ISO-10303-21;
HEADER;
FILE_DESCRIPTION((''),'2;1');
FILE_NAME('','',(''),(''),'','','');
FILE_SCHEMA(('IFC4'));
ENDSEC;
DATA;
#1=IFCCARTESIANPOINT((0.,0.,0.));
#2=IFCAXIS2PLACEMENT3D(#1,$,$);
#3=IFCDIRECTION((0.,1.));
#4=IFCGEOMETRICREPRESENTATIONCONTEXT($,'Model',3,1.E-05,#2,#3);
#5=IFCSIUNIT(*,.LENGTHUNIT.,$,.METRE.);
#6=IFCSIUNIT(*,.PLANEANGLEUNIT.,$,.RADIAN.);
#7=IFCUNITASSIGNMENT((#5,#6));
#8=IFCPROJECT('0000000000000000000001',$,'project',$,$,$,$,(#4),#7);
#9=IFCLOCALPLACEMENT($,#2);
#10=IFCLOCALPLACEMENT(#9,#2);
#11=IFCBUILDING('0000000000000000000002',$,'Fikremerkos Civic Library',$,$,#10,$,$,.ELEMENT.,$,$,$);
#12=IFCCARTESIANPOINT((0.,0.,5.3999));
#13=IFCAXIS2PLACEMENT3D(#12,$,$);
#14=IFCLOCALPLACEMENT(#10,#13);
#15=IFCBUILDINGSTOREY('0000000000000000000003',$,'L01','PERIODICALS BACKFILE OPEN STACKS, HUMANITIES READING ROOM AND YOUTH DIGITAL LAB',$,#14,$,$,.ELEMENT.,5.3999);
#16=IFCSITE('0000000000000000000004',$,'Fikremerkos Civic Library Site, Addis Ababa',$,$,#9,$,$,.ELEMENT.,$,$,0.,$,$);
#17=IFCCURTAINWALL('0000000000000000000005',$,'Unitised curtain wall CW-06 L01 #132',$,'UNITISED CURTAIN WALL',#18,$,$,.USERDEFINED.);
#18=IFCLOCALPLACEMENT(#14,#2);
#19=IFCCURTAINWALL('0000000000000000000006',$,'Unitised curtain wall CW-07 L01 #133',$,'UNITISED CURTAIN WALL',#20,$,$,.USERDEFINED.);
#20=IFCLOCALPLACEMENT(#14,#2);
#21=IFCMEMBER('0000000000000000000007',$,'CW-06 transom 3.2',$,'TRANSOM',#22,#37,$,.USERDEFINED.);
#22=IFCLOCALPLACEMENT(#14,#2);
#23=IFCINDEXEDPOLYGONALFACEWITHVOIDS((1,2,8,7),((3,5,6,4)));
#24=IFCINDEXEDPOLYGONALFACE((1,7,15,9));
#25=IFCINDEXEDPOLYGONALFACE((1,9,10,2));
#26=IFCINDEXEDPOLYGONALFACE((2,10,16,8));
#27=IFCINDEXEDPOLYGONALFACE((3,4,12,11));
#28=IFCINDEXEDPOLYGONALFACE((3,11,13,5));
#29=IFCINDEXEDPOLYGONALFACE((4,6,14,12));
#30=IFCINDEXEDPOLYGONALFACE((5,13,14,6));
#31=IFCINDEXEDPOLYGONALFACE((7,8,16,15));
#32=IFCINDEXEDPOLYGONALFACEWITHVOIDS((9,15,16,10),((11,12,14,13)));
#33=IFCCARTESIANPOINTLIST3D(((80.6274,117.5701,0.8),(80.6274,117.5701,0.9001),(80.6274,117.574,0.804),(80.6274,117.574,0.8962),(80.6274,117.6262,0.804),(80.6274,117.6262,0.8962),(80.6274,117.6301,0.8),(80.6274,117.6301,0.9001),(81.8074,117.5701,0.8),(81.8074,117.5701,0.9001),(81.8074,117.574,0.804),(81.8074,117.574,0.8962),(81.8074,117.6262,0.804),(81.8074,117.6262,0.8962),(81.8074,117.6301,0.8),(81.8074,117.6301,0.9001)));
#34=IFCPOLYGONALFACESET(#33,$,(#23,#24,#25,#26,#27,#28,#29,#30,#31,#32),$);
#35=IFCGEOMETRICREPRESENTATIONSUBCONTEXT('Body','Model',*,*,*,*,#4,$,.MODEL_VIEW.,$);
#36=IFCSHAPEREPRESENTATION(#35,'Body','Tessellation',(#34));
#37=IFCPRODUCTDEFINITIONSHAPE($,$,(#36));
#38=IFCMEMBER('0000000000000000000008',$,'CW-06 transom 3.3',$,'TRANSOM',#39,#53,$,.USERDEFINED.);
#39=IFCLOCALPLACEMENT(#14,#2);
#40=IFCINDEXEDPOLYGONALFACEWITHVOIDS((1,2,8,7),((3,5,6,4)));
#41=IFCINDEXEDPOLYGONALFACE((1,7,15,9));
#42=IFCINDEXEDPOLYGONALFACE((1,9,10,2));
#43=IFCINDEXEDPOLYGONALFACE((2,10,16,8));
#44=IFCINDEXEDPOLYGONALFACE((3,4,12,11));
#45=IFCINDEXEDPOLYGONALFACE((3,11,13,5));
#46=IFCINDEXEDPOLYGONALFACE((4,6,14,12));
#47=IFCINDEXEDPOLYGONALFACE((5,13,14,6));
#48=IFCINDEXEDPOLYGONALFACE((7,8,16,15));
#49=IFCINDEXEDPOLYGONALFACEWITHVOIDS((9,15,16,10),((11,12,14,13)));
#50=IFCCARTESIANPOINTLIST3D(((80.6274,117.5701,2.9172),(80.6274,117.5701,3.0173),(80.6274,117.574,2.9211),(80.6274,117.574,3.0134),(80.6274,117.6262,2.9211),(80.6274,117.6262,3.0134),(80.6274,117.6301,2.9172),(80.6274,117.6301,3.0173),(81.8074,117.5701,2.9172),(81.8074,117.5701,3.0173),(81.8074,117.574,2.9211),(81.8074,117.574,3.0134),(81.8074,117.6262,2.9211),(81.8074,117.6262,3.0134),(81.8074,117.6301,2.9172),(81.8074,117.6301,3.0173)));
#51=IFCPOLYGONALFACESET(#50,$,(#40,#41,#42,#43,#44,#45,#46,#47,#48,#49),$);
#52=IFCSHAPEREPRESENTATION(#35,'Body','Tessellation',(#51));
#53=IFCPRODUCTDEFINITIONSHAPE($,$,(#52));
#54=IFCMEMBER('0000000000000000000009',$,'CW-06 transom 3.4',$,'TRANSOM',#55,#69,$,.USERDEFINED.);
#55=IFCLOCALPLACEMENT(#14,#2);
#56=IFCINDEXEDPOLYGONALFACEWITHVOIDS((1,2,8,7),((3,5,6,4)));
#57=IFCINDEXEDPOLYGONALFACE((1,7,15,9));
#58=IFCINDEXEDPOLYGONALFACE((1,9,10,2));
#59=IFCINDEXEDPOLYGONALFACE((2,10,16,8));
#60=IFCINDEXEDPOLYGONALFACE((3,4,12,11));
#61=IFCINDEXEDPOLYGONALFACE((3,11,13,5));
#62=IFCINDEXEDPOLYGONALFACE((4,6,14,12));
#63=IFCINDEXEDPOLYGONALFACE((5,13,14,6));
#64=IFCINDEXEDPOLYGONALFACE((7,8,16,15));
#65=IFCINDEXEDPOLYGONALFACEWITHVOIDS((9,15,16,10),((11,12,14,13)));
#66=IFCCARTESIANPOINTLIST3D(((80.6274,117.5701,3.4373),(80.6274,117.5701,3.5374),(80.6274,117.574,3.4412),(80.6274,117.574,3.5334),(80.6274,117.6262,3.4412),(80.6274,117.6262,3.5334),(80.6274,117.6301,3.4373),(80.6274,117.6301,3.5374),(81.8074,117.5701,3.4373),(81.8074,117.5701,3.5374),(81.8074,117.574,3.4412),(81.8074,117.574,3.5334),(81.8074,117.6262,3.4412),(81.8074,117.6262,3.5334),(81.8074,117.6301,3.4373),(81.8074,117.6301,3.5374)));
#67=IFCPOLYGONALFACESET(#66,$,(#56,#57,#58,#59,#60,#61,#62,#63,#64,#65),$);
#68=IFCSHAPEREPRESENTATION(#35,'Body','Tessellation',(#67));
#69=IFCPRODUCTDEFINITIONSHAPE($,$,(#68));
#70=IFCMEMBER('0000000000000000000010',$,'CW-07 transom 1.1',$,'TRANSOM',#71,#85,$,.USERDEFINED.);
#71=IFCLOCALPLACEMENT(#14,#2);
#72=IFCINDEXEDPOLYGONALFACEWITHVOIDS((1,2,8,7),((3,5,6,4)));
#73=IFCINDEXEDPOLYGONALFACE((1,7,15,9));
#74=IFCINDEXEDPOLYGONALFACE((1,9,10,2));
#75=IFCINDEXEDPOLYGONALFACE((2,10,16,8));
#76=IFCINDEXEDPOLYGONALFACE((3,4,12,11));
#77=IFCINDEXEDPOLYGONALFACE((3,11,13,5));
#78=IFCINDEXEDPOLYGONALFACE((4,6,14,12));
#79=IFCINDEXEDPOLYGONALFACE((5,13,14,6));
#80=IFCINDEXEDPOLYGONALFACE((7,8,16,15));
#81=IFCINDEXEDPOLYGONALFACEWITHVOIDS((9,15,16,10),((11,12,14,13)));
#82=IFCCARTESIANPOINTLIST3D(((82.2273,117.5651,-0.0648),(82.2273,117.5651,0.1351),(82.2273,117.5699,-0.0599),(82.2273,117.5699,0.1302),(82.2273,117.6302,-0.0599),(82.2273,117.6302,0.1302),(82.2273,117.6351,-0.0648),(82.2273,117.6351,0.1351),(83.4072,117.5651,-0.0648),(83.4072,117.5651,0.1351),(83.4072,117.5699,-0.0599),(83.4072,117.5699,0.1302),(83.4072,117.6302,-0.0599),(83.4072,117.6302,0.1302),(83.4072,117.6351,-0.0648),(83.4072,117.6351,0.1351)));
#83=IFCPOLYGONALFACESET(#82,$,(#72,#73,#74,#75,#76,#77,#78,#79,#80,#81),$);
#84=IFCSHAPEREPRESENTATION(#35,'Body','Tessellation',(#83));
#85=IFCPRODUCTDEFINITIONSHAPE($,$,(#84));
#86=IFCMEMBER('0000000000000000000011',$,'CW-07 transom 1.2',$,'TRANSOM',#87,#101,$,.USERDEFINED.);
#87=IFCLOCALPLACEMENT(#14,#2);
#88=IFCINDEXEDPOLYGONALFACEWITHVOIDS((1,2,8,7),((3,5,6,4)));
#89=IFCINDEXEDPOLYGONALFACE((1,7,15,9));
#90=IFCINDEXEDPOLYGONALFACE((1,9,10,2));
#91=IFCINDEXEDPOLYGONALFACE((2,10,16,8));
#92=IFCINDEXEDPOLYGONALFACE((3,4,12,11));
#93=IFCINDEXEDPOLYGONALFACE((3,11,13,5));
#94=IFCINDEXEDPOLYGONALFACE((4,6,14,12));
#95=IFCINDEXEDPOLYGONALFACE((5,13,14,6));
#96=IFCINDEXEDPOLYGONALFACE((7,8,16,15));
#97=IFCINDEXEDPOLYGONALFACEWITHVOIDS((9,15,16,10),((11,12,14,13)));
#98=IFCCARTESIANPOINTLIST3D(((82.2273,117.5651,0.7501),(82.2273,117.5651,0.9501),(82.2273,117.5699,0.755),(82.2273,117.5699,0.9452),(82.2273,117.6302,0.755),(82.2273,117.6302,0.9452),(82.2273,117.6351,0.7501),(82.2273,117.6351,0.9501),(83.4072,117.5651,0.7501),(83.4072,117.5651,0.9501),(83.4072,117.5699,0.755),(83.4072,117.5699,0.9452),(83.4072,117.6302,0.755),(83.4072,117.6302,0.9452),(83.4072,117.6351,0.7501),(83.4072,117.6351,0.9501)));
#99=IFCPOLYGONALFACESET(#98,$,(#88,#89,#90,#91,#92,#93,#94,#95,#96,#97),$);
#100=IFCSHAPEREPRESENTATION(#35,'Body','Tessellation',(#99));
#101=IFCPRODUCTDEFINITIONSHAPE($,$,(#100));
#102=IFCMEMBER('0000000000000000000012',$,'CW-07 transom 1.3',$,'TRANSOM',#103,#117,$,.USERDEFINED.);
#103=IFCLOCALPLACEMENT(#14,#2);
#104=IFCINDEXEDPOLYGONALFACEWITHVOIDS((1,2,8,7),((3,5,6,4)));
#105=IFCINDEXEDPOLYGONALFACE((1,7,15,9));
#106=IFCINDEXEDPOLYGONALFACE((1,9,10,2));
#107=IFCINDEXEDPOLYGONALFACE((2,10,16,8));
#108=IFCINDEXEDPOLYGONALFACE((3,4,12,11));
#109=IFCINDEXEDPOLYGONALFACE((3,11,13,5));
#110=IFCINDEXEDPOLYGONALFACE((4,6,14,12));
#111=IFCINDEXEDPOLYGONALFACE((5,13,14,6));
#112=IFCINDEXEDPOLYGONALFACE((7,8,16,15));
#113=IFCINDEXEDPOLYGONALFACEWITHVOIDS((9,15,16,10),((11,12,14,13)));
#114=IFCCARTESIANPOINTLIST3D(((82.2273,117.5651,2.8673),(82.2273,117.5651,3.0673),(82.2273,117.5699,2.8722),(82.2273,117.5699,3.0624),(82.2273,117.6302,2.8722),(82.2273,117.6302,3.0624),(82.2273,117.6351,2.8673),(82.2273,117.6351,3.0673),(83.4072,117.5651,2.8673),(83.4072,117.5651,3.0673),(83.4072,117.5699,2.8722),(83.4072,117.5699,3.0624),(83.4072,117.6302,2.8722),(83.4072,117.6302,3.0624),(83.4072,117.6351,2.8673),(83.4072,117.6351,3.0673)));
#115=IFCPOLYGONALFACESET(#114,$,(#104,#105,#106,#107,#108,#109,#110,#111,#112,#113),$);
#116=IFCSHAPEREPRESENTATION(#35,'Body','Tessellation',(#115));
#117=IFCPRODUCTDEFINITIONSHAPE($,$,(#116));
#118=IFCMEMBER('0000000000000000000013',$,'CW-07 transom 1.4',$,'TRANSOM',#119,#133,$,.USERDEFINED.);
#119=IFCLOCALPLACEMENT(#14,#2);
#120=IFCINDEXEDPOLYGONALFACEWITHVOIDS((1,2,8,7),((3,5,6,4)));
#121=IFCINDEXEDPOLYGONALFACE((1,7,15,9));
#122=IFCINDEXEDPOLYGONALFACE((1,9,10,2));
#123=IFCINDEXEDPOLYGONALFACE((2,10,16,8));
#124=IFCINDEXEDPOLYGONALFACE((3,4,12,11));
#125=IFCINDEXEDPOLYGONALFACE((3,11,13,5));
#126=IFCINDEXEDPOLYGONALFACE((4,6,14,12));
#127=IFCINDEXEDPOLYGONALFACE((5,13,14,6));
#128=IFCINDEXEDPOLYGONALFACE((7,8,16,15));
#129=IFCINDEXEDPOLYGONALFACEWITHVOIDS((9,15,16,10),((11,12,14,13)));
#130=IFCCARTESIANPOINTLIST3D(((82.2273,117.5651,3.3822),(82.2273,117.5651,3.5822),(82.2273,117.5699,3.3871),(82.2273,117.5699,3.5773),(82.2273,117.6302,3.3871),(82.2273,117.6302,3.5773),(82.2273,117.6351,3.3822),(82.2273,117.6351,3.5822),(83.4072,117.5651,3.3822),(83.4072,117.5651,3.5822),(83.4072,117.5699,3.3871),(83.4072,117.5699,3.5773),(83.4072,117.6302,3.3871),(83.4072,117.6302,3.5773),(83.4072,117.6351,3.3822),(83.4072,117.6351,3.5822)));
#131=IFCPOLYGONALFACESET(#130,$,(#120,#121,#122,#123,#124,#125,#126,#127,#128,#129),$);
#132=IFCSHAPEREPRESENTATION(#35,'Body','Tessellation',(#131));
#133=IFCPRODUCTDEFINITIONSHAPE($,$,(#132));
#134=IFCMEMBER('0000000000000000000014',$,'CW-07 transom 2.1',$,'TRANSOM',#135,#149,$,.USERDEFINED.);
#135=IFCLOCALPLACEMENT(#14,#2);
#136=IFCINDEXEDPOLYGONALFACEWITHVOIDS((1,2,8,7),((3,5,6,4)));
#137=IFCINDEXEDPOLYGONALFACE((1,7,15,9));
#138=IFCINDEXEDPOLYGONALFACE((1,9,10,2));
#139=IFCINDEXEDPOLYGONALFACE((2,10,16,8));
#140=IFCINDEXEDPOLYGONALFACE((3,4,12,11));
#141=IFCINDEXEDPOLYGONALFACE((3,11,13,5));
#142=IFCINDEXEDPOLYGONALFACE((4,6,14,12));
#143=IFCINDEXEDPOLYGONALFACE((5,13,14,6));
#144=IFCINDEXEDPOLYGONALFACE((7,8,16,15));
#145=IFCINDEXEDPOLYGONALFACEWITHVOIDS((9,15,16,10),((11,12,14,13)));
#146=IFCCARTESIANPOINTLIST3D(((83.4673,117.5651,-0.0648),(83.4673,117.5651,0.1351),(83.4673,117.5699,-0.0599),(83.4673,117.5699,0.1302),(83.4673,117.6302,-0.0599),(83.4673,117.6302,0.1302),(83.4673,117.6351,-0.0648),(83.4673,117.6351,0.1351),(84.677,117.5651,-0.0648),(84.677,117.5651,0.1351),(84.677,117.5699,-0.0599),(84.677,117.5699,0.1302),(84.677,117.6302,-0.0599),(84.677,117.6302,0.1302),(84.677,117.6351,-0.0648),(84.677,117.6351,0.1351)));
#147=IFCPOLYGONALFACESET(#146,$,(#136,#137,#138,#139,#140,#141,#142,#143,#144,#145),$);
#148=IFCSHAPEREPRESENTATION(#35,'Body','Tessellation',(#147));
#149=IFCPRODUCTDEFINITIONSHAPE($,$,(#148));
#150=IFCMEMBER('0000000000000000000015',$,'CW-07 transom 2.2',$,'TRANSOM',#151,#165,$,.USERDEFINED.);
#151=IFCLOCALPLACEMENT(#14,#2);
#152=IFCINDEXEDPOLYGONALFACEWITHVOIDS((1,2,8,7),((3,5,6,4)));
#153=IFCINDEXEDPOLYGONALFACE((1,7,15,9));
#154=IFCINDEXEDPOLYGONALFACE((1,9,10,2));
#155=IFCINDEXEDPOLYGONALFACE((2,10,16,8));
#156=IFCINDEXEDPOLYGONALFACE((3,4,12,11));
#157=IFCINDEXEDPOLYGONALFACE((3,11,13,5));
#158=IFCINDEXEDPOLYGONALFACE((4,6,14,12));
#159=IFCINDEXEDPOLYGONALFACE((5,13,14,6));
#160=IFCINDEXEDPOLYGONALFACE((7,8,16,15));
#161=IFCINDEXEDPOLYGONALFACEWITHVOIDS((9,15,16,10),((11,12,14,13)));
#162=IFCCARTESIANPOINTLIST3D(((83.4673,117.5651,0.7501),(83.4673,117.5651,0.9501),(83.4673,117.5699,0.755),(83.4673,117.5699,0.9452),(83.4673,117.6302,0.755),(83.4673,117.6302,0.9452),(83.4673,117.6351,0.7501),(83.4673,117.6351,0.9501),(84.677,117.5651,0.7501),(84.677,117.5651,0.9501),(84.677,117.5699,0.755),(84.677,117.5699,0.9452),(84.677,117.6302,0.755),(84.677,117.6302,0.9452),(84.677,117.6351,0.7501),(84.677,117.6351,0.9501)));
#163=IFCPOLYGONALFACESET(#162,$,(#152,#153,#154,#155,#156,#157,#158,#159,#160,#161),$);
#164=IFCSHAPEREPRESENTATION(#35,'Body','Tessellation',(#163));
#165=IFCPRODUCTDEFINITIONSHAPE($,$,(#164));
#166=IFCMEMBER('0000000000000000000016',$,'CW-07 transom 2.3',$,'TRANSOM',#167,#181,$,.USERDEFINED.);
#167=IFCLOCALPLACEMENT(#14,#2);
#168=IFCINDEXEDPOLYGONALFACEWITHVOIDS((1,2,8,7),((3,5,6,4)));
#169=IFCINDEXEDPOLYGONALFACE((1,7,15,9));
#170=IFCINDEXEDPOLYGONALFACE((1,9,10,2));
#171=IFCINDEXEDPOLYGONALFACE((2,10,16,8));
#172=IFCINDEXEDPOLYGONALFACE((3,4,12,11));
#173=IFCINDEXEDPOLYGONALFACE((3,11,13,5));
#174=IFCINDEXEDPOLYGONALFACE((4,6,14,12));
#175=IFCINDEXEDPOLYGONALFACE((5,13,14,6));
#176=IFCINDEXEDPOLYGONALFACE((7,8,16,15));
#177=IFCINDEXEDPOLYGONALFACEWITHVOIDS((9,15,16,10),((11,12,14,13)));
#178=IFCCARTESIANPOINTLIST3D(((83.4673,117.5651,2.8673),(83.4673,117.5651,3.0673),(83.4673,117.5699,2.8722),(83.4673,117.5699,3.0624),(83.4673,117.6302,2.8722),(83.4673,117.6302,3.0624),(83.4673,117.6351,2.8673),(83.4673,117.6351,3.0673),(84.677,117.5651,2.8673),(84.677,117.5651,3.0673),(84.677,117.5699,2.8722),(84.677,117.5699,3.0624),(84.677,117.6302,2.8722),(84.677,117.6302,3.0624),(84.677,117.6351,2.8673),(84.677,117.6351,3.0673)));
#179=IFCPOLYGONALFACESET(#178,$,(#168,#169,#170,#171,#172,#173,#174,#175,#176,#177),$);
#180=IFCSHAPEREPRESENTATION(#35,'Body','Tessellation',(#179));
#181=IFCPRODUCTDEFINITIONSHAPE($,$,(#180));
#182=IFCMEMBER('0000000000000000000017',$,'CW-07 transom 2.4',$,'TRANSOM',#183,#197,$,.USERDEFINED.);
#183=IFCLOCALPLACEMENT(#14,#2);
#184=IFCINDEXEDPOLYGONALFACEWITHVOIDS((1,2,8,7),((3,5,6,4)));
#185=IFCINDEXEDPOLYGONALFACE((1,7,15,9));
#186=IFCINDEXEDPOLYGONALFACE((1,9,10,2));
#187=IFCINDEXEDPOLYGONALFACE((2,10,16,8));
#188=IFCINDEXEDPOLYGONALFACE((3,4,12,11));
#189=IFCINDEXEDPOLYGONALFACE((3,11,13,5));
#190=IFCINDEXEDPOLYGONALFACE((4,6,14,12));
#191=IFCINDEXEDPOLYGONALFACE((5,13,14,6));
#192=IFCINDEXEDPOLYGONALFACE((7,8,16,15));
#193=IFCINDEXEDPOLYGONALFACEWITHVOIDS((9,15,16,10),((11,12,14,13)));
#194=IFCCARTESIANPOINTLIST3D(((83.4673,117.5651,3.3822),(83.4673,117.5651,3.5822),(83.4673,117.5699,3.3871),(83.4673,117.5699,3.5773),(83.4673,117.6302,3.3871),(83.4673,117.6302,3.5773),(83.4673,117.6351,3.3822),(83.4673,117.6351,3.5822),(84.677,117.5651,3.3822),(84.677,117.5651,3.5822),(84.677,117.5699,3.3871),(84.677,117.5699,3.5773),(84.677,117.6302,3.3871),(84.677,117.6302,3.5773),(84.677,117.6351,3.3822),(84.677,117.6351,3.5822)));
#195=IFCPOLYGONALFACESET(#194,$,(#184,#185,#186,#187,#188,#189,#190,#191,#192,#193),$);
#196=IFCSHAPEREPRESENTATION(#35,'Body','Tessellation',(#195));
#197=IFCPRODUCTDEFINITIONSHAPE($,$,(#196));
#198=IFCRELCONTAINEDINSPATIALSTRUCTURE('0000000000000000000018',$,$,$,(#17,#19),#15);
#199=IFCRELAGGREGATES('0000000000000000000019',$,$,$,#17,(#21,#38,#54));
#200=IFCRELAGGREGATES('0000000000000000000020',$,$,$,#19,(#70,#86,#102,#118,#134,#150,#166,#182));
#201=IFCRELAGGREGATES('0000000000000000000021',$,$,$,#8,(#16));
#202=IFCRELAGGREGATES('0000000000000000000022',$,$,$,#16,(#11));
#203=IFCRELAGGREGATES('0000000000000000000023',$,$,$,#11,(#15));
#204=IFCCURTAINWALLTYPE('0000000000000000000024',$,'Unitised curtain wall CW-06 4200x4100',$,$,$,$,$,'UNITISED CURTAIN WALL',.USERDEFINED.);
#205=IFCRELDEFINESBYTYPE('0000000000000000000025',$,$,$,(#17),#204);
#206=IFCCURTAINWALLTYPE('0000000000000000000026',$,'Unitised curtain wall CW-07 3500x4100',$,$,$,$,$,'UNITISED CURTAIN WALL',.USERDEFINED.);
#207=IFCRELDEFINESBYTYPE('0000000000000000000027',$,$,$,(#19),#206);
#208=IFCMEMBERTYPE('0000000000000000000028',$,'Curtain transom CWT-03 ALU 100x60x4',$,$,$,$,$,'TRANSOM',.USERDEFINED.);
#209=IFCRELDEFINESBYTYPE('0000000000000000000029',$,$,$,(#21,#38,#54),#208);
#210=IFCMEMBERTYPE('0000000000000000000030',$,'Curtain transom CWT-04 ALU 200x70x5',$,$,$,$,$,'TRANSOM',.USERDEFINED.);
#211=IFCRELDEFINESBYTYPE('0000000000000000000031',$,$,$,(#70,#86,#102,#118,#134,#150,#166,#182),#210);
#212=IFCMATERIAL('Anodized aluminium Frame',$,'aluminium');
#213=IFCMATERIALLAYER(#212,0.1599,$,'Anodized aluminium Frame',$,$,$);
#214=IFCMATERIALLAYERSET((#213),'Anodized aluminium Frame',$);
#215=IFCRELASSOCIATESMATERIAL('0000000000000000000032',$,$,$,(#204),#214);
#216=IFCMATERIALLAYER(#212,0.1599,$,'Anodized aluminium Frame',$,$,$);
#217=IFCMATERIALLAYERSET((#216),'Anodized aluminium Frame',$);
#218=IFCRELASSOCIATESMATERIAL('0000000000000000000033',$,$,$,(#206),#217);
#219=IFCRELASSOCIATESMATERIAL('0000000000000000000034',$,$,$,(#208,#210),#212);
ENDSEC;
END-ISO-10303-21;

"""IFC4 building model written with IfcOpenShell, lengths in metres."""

from ifc_helpers import new_model, si_unit, direction, frame, origin, origin_2d, place, context, subcontext, project, spatial, hollow_rectangle, extrude, material, layer, layer_set, material_profile, profile_set, type_object, element, aggregate, save


model = new_model("IFC4")

# Units and contexts
model_context = context("Model", 3, precision=1e-05, world=origin(), true_north=direction((0.0, 1.0)))
body_context = subcontext(model_context, "Body", "Model", "MODEL_VIEW")
ifc_project = project(units=[si_unit("LENGTHUNIT", "METRE"), si_unit("PLANEANGLEUNIT", "RADIAN")], contexts=[model_context])

# Site, building, storey
site_placement = place(None, origin())
site = spatial("IfcSite", under=ifc_project, at=site_placement, Name="Fikremerkos Civic Library Site, Addis Ababa", CompositionType="ELEMENT", RefElevation=0.0)
building_placement = place(site_placement, origin())
building = spatial("IfcBuilding", under=site, at=building_placement, Name="Fikremerkos Civic Library", CompositionType="ELEMENT")
storey_placement = place(building_placement, frame((0.0, 0.0, 5.3999)))
storey = spatial("IfcBuildingStorey", under=building, at=storey_placement, Name="L01", Description="PERIODICALS BACKFILE OPEN STACKS, HUMANITIES READING ROOM AND YOUTH DIGITAL LAB", CompositionType="ELEMENT", Elevation=5.3999)

# Curtain walls
ifc_material_1 = material(Name="Anodized aluminium Frame", Category="aluminium")
ifc_layer_1 = layer(ifc_material_1, 0.1599, Name="Anodized aluminium Frame")
ifc_layer_set_1 = layer_set([ifc_layer_1], Name="Anodized aluminium Frame")
curtain_wall_type_1 = type_object("IfcCurtainWallType", Name="Unitised curtain wall CW-06 4200x4100", ElementType="UNITISED CURTAIN WALL", PredefinedType="USERDEFINED", material=ifc_layer_set_1)
curtain_wall_1_placement = place(storey_placement, origin())
curtain_wall_1 = element("IfcCurtainWall", 1, at=curtain_wall_1_placement, inside=storey, type_object=curtain_wall_type_1, Name="Unitised curtain wall CW-06 L01 #132", ObjectType="UNITISED CURTAIN WALL", PredefinedType="USERDEFINED")
ifc_layer_2 = layer(ifc_material_1, 0.1599, Name="Anodized aluminium Frame")
ifc_layer_set_2 = layer_set([ifc_layer_2], Name="Anodized aluminium Frame")
curtain_wall_type_2 = type_object("IfcCurtainWallType", Name="Unitised curtain wall CW-07 3500x4100", ElementType="UNITISED CURTAIN WALL", PredefinedType="USERDEFINED", material=ifc_layer_set_2)
curtain_wall_2_placement = place(storey_placement, origin())
curtain_wall_2 = element("IfcCurtainWall", 2, at=curtain_wall_2_placement, inside=storey, type_object=curtain_wall_type_2, Name="Unitised curtain wall CW-07 L01 #133", ObjectType="UNITISED CURTAIN WALL", PredefinedType="USERDEFINED")

# Members
ifc_material_profile_1 = material_profile(ifc_material_1, hollow_rectangle(XDim=0.0601, YDim=0.1001, WallThickness=0.0039, at=origin_2d()), Name="ALU 100x60x4")
ifc_profile_set_1 = profile_set([ifc_material_profile_1], Name="Anodized aluminium Frame")
member_type_1 = type_object("IfcMemberType", Name="Curtain transom CWT-03 ALU 100x60x4", ElementType="TRANSOM", PredefinedType="USERDEFINED", material=ifc_profile_set_1)
member_1_placement = place(storey_placement, frame((80.6274, 117.6001, 0.8501), z_axis=(1.0, 0.0, 0.0), x_axis=(0.0, 1.0, 0.0)))
member_1 = element("IfcMember", 3, at=member_1_placement, type_object=member_type_1, Name="CW-06 transom 3.2", ObjectType="TRANSOM", PredefinedType="USERDEFINED", context=body_context, shape_type="SweptSolid", body=[
    extrude(hollow_rectangle(XDim=0.0601, YDim=0.1001, WallThickness=0.0039, at=origin_2d()), origin(), (0.0, 0.0, 1.0), 1.1799),
])
member_2_placement = place(storey_placement, frame((80.6274, 117.6001, 2.9673), z_axis=(1.0, 0.0, 0.0), x_axis=(0.0, 1.0, 0.0)))
member_2 = element("IfcMember", 4, at=member_2_placement, type_object=member_type_1, Name="CW-06 transom 3.3", ObjectType="TRANSOM", PredefinedType="USERDEFINED", context=body_context, shape_type="SweptSolid", body=[
    extrude(hollow_rectangle(XDim=0.0601, YDim=0.1001, WallThickness=0.0039, at=origin_2d()), origin(), (0.0, 0.0, 1.0), 1.1799),
])
member_3_placement = place(storey_placement, frame((80.6274, 117.6001, 3.4873), z_axis=(1.0, 0.0, 0.0), x_axis=(0.0, 1.0, 0.0)))
member_3 = element("IfcMember", 5, at=member_3_placement, type_object=member_type_1, Name="CW-06 transom 3.4", ObjectType="TRANSOM", PredefinedType="USERDEFINED", context=body_context, shape_type="SweptSolid", body=[
    extrude(hollow_rectangle(XDim=0.0601, YDim=0.1001, WallThickness=0.0039, at=origin_2d()), origin(), (0.0, 0.0, 1.0), 1.1799),
])
ifc_material_profile_2 = material_profile(ifc_material_1, hollow_rectangle(XDim=0.0701, YDim=0.2, WallThickness=0.0049, at=origin_2d()), Name="ALU 200x70x5")
ifc_profile_set_2 = profile_set([ifc_material_profile_2], Name="Anodized aluminium Frame")
member_type_2 = type_object("IfcMemberType", Name="Curtain transom CWT-04 ALU 200x70x5", ElementType="TRANSOM", PredefinedType="USERDEFINED", material=ifc_profile_set_2)
member_4_placement = place(storey_placement, frame((82.2273, 117.6001, 0.0352), z_axis=(1.0, 0.0, 0.0), x_axis=(0.0, 1.0, 0.0)))
member_4 = element("IfcMember", 6, at=member_4_placement, type_object=member_type_2, Name="CW-07 transom 1.1", ObjectType="TRANSOM", PredefinedType="USERDEFINED", context=body_context, shape_type="SweptSolid", body=[
    extrude(hollow_rectangle(XDim=0.0701, YDim=0.2, WallThickness=0.0049, at=origin_2d()), origin(), (0.0, 0.0, 1.0), 1.1799),
])
member_5_placement = place(storey_placement, frame((82.2273, 117.6001, 0.8501), z_axis=(1.0, 0.0, 0.0), x_axis=(0.0, 1.0, 0.0)))
member_5 = element("IfcMember", 7, at=member_5_placement, type_object=member_type_2, Name="CW-07 transom 1.2", ObjectType="TRANSOM", PredefinedType="USERDEFINED", context=body_context, shape_type="SweptSolid", body=[
    extrude(hollow_rectangle(XDim=0.0701, YDim=0.2, WallThickness=0.0049, at=origin_2d()), origin(), (0.0, 0.0, 1.0), 1.1799),
])
member_6_placement = place(storey_placement, frame((82.2273, 117.6001, 2.9673), z_axis=(1.0, 0.0, 0.0), x_axis=(0.0, 1.0, 0.0)))
member_6 = element("IfcMember", 8, at=member_6_placement, type_object=member_type_2, Name="CW-07 transom 1.3", ObjectType="TRANSOM", PredefinedType="USERDEFINED", context=body_context, shape_type="SweptSolid", body=[
    extrude(hollow_rectangle(XDim=0.0701, YDim=0.2, WallThickness=0.0049, at=origin_2d()), origin(), (0.0, 0.0, 1.0), 1.1799),
])
member_7_placement = place(storey_placement, frame((82.2273, 117.6001, 3.4822), z_axis=(1.0, 0.0, 0.0), x_axis=(0.0, 1.0, 0.0)))
member_7 = element("IfcMember", 9, at=member_7_placement, type_object=member_type_2, Name="CW-07 transom 1.4", ObjectType="TRANSOM", PredefinedType="USERDEFINED", context=body_context, shape_type="SweptSolid", body=[
    extrude(hollow_rectangle(XDim=0.0701, YDim=0.2, WallThickness=0.0049, at=origin_2d()), origin(), (0.0, 0.0, 1.0), 1.1799),
])
member_8_placement = place(storey_placement, frame((83.4673, 117.6001, 0.0352), z_axis=(1.0, 0.0, 0.0), x_axis=(0.0, 1.0, 0.0)))
member_8 = element("IfcMember", 10, at=member_8_placement, type_object=member_type_2, Name="CW-07 transom 2.1", ObjectType="TRANSOM", PredefinedType="USERDEFINED", context=body_context, shape_type="SweptSolid", body=[
    extrude(hollow_rectangle(XDim=0.0701, YDim=0.2, WallThickness=0.0049, at=origin_2d()), origin(), (0.0, 0.0, 1.0), 1.2097),
])
member_9_placement = place(storey_placement, frame((83.4673, 117.6001, 0.8501), z_axis=(1.0, 0.0, 0.0), x_axis=(0.0, 1.0, 0.0)))
member_9 = element("IfcMember", 11, at=member_9_placement, type_object=member_type_2, Name="CW-07 transom 2.2", ObjectType="TRANSOM", PredefinedType="USERDEFINED", context=body_context, shape_type="SweptSolid", body=[
    extrude(hollow_rectangle(XDim=0.0701, YDim=0.2, WallThickness=0.0049, at=origin_2d()), origin(), (0.0, 0.0, 1.0), 1.2097),
])
member_10_placement = place(storey_placement, frame((83.4673, 117.6001, 2.9673), z_axis=(1.0, 0.0, 0.0), x_axis=(0.0, 1.0, 0.0)))
member_10 = element("IfcMember", 12, at=member_10_placement, type_object=member_type_2, Name="CW-07 transom 2.3", ObjectType="TRANSOM", PredefinedType="USERDEFINED", context=body_context, shape_type="SweptSolid", body=[
    extrude(hollow_rectangle(XDim=0.0701, YDim=0.2, WallThickness=0.0049, at=origin_2d()), origin(), (0.0, 0.0, 1.0), 1.2097),
])
member_11_placement = place(storey_placement, frame((83.4673, 117.6001, 3.4822), z_axis=(1.0, 0.0, 0.0), x_axis=(0.0, 1.0, 0.0)))
member_11 = element("IfcMember", 13, at=member_11_placement, type_object=member_type_2, Name="CW-07 transom 2.4", ObjectType="TRANSOM", PredefinedType="USERDEFINED", context=body_context, shape_type="SweptSolid", body=[
    extrude(hollow_rectangle(XDim=0.0701, YDim=0.2, WallThickness=0.0049, at=origin_2d()), origin(), (0.0, 0.0, 1.0), 1.2097),
])

aggregate(curtain_wall_1, [member_1, member_2, member_3])
aggregate(curtain_wall_2, [member_4, member_5, member_6, member_7, member_8, member_9, member_10, member_11])

save(model, "model.ifc")
